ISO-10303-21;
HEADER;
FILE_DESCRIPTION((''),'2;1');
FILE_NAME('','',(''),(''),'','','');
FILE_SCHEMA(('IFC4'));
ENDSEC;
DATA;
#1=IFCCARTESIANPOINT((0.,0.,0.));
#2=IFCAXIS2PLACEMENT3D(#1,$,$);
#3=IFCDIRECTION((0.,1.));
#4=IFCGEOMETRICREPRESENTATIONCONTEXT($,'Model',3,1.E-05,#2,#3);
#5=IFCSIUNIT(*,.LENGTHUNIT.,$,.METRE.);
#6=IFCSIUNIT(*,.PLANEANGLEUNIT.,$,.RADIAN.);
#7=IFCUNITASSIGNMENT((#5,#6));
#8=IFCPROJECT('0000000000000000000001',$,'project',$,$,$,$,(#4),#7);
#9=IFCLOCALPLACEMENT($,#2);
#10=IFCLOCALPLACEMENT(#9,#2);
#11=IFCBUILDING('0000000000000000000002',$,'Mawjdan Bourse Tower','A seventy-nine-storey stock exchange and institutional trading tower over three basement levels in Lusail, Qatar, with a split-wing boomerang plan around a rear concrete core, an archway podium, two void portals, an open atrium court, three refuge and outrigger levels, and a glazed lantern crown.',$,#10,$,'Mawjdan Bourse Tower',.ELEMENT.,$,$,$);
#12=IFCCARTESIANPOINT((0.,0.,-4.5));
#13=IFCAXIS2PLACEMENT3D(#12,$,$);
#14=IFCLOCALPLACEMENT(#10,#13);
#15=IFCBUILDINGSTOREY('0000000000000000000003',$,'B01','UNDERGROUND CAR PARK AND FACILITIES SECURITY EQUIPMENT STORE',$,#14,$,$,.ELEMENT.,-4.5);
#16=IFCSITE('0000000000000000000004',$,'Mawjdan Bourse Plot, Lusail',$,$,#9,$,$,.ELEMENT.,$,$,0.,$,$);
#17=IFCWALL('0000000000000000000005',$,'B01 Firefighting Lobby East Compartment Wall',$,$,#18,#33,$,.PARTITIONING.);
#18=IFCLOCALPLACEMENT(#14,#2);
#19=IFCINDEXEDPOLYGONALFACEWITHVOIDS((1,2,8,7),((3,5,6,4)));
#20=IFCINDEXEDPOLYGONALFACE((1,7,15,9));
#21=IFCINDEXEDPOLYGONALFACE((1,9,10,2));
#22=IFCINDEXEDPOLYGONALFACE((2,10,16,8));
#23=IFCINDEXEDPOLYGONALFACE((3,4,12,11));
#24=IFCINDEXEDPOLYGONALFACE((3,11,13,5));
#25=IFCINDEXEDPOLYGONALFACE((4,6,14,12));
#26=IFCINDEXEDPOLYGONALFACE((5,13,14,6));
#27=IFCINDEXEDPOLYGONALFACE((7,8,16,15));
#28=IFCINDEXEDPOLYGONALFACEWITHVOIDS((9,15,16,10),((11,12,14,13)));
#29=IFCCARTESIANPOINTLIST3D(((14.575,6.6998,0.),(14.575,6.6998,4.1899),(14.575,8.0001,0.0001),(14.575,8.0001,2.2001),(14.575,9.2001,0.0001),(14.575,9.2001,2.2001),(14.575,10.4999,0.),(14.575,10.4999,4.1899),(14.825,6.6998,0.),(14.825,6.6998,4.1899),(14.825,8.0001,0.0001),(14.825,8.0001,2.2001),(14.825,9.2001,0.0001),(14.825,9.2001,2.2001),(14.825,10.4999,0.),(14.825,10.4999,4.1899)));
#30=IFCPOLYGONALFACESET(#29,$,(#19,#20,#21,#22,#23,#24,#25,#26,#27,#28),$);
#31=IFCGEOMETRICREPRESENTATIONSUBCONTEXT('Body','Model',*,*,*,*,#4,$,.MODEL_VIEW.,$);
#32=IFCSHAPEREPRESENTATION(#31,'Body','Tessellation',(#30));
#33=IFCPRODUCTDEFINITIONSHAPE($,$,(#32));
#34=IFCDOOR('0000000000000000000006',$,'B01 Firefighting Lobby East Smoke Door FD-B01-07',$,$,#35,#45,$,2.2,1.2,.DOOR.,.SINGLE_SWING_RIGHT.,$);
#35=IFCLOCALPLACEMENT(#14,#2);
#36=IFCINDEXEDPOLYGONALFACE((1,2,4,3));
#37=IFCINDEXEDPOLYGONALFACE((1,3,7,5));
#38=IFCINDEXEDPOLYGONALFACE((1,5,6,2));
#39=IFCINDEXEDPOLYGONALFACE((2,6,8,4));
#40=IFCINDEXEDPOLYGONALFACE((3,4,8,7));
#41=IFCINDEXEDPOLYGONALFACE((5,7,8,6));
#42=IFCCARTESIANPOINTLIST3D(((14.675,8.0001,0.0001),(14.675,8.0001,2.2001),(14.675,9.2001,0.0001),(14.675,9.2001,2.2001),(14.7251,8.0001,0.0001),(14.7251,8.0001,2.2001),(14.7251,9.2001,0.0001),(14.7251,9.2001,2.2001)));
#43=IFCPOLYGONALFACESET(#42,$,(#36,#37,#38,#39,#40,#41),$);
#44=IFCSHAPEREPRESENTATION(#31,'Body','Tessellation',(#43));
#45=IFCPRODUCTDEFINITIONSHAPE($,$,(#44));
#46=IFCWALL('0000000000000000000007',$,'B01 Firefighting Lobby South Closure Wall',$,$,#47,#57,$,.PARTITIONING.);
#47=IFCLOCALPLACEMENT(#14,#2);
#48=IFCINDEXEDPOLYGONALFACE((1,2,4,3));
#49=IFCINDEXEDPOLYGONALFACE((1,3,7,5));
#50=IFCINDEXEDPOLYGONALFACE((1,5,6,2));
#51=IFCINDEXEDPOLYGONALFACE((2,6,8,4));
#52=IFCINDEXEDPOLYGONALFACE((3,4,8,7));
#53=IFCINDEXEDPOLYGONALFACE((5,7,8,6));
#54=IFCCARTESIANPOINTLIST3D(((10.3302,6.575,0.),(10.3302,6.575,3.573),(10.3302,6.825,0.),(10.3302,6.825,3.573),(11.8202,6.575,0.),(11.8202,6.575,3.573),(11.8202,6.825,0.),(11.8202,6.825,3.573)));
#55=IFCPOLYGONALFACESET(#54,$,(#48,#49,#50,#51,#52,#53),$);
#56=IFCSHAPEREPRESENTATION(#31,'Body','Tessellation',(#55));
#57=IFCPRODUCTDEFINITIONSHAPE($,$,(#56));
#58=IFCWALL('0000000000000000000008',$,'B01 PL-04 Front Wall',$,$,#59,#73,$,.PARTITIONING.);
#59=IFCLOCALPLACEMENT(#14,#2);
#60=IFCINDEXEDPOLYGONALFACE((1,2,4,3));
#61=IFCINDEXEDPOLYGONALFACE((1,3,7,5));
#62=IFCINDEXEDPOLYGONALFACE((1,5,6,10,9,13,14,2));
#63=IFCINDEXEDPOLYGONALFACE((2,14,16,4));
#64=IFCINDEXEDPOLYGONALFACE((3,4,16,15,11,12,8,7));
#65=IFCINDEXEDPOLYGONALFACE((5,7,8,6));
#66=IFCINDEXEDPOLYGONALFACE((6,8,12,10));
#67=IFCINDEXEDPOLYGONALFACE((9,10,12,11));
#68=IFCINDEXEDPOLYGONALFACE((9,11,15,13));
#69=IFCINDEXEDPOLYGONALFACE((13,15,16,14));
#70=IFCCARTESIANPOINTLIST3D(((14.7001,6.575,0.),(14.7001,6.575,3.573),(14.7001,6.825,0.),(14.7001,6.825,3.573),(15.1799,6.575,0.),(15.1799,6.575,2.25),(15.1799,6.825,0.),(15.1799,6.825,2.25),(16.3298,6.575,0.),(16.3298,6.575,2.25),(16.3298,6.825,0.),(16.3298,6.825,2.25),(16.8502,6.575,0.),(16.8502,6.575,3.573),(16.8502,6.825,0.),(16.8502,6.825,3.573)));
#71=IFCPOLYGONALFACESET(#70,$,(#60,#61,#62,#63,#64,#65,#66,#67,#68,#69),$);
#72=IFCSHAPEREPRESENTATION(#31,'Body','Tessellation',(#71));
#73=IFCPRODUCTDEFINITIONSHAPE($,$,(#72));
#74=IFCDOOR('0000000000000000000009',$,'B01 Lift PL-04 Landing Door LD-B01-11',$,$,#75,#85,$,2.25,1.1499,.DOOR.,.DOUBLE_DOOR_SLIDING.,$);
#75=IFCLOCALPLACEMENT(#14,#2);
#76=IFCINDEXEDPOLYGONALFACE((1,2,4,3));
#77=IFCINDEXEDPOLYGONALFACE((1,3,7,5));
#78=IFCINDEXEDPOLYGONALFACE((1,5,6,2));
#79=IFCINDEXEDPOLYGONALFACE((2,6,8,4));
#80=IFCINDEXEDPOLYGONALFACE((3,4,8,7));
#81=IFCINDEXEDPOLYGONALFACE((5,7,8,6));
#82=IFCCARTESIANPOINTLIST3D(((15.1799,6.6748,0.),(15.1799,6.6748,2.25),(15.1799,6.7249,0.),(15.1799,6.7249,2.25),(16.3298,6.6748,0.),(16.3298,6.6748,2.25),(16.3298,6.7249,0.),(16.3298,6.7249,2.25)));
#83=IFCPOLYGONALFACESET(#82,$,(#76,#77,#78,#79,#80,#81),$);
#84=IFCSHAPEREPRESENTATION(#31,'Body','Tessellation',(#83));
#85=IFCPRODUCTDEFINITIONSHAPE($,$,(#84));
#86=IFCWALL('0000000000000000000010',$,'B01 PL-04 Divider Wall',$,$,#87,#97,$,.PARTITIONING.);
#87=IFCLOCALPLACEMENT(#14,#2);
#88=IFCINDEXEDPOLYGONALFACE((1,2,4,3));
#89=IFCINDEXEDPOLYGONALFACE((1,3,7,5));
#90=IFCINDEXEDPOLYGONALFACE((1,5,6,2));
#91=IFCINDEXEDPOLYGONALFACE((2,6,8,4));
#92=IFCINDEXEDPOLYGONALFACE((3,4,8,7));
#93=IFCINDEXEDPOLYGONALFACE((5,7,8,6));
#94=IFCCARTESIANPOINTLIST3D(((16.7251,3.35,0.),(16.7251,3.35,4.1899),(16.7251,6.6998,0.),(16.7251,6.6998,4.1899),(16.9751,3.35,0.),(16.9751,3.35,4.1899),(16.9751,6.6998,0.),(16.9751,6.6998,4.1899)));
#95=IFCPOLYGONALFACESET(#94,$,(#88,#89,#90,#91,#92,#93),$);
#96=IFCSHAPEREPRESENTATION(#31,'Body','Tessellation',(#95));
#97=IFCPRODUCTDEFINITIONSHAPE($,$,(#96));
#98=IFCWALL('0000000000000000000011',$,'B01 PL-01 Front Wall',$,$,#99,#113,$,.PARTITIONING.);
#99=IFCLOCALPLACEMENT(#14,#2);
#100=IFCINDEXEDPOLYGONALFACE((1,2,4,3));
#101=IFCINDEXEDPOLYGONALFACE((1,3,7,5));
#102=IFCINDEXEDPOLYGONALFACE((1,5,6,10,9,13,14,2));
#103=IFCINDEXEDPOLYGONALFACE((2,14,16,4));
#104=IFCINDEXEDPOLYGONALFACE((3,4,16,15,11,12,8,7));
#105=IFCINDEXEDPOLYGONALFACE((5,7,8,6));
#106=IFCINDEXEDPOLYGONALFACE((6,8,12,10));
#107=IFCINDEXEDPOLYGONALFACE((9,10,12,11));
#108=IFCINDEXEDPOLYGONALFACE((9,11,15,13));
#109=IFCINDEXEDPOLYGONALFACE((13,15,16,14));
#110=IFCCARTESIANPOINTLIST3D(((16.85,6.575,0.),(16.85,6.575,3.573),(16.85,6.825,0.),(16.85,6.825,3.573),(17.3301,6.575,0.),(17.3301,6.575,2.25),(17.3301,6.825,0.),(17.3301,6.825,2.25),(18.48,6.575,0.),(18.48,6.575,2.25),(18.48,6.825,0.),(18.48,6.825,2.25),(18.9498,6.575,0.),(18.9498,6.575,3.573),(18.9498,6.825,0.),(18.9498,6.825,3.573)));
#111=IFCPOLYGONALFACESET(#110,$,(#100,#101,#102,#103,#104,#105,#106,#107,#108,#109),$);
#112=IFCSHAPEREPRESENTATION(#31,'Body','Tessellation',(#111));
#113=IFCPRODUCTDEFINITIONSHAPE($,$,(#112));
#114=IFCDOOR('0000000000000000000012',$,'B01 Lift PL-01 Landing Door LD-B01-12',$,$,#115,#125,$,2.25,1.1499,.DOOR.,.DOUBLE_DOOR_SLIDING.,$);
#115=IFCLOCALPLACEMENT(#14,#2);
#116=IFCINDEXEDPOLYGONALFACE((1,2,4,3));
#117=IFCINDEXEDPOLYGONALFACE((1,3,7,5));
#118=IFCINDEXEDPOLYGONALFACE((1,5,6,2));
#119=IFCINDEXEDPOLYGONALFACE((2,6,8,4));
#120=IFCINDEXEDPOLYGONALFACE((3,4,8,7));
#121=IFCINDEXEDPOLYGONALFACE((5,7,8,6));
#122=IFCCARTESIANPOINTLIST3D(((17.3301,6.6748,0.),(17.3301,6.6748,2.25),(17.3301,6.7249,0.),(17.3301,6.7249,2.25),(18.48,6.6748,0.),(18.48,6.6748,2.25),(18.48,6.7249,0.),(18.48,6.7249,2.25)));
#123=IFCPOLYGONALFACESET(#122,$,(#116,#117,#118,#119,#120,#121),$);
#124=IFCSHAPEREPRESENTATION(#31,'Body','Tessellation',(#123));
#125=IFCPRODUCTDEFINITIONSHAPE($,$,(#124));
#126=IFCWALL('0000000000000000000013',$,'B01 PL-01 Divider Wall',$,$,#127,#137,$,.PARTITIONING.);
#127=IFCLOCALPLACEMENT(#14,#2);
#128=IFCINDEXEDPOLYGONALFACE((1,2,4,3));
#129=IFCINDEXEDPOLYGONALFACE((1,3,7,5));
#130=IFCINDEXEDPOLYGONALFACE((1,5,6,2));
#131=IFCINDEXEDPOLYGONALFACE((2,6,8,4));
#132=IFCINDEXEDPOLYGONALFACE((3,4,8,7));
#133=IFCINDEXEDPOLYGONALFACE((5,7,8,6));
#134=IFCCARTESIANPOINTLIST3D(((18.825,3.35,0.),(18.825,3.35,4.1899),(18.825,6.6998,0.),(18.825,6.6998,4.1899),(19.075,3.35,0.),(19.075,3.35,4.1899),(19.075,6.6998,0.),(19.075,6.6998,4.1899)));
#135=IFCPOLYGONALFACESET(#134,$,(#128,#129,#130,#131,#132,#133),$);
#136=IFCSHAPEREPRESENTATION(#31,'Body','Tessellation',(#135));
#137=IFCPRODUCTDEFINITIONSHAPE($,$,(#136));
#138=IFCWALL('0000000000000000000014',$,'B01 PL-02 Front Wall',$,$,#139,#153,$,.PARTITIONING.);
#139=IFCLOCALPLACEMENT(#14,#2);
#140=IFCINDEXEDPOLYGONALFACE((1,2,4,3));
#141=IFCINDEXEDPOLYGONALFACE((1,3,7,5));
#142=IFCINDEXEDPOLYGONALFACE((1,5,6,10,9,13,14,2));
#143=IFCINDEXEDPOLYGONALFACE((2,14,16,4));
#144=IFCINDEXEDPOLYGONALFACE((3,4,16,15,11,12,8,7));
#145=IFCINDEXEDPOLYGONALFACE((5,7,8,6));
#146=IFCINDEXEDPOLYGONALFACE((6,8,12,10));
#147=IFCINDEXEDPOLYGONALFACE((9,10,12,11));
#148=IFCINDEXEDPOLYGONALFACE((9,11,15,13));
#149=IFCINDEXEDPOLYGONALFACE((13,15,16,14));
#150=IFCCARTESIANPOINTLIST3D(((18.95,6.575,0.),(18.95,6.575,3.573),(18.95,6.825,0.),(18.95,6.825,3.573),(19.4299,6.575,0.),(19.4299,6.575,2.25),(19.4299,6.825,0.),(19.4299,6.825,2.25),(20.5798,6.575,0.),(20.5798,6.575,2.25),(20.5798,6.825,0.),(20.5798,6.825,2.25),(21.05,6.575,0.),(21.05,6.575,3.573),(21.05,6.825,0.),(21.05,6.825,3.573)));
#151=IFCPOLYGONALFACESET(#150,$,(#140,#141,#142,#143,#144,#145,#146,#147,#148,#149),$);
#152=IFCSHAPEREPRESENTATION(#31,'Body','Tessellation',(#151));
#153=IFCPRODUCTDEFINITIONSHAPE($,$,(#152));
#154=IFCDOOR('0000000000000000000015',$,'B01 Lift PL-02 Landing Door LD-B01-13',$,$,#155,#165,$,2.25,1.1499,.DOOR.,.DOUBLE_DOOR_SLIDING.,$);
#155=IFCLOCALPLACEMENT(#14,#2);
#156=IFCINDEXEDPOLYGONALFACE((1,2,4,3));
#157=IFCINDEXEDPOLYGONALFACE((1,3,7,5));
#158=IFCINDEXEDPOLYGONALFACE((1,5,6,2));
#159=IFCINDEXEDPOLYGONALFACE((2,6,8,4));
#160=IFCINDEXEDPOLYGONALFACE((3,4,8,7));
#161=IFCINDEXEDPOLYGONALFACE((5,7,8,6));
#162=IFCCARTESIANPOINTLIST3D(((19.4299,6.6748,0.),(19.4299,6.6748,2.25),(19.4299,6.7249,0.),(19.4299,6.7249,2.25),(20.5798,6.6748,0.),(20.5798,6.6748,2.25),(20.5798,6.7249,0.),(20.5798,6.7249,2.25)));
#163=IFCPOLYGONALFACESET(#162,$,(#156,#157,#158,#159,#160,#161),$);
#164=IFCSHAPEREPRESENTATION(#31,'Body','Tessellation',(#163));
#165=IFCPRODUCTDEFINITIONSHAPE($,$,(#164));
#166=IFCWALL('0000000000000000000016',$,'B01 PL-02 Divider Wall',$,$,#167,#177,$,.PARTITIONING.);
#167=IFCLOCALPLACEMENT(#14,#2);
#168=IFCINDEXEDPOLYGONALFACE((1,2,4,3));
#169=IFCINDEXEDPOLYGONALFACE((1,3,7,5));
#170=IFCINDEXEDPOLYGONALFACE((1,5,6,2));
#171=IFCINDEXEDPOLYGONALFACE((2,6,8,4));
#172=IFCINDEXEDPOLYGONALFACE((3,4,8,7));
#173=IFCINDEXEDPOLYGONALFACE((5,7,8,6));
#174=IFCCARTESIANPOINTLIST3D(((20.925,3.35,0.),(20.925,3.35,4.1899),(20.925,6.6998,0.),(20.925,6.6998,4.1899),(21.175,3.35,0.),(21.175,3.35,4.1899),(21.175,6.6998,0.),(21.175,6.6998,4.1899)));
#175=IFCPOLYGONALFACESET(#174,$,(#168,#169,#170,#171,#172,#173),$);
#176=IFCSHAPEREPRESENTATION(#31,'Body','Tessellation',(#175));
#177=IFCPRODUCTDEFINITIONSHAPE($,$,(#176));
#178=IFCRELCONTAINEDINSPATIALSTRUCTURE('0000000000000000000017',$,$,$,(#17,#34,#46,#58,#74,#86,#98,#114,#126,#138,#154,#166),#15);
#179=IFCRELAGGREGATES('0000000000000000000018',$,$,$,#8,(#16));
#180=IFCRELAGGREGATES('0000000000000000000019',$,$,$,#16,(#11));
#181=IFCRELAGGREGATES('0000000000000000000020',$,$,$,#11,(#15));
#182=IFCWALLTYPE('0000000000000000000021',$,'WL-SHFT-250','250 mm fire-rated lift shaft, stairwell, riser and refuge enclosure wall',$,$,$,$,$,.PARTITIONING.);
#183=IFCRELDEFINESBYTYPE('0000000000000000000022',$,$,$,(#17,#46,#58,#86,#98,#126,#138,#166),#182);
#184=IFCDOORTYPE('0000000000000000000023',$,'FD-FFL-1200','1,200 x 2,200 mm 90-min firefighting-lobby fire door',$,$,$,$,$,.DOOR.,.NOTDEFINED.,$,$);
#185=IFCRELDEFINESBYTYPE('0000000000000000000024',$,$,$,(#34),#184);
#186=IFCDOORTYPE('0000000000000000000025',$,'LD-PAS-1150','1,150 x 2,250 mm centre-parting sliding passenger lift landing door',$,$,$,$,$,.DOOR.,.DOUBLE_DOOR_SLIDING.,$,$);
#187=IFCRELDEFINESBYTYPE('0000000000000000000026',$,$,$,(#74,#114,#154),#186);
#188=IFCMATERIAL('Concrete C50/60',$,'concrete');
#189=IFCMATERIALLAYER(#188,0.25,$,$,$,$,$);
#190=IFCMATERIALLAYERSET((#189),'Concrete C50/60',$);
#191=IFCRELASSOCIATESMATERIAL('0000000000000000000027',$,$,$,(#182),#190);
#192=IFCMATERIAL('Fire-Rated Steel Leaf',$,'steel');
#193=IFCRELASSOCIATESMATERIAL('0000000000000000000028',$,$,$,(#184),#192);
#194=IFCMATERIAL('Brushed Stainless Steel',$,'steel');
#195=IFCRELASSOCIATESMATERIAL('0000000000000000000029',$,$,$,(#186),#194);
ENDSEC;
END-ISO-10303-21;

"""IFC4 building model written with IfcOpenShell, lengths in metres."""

from ifc_helpers import new_model, si_unit, direction, frame, frame_2d, origin, place, context, subcontext, project, spatial, rectangle, extrude, material, layer, layer_set, type_object, element, fill, save


model = new_model("IFC4")

# Units and contexts
model_context = context("Model", 3, precision=1e-05, world=origin(), true_north=direction((0.0, 1.0)))
body_context = subcontext(model_context, "Body", "Model", "MODEL_VIEW")
ifc_project = project(units=[si_unit("LENGTHUNIT", "METRE"), si_unit("PLANEANGLEUNIT", "RADIAN")], contexts=[model_context])

# Site, building, storey
site_placement = place(None, origin())
site = spatial("IfcSite", under=ifc_project, at=site_placement, Name="Mawjdan Bourse Plot, Lusail", CompositionType="ELEMENT", RefElevation=0.0)
building_placement = place(site_placement, origin())
building = spatial("IfcBuilding", under=site, at=building_placement, Name="Mawjdan Bourse Tower", Description="A seventy-nine-storey stock exchange and institutional trading tower over three basement levels in Lusail, Qatar, with a split-wing boomerang plan around a rear concrete core, an archway podium, two void portals, an open atrium court, three refuge and outrigger levels, and a glazed lantern crown.", LongName="Mawjdan Bourse Tower", CompositionType="ELEMENT")
storey_placement = place(building_placement, frame((0.0, 0.0, -4.5)))
storey = spatial("IfcBuildingStorey", under=building, at=storey_placement, Name="B01", Description="UNDERGROUND CAR PARK AND FACILITIES SECURITY EQUIPMENT STORE", CompositionType="ELEMENT", Elevation=-4.5)

# Shared definitions
ifc_material_1 = material(Name="Concrete C50/60", Category="concrete")
ifc_layer_1 = layer(ifc_material_1, 0.25)
ifc_layer_set_1 = layer_set([ifc_layer_1], Name="Concrete C50/60")
wall_type_1 = type_object("IfcWallType", Name="WL-SHFT-250", Description="250 mm fire-rated lift shaft, stairwell, riser and refuge enclosure wall", PredefinedType="PARTITIONING", material=ifc_layer_set_1)

# Shared definitions
ifc_material_2 = material(Name="Brushed Stainless Steel", Category="steel")

# Wall, opening, door
wall_1_placement = place(storey_placement, frame((14.7, 6.7, 0.0), z_axis=(0.0, 0.0, 1.0), x_axis=(0.0, 1.0, 0.0)))
wall_1 = element("IfcWall", 1, at=wall_1_placement, inside=storey, type_object=wall_type_1, Name="B01 Firefighting Lobby East Compartment Wall", PredefinedType="PARTITIONING", context=body_context, shape_type="SweptSolid", body=[
    extrude(rectangle(XDim=3.8, YDim=0.25, at=frame_2d((1.8999, 0.0))), origin(), (0.0, 0.0, 1.0), 4.1899),
])
opening_1_placement = place(wall_1_placement, frame((1.3, 0.0, 0.0)))
opening_1 = element("IfcOpeningElement", 2, at=opening_1_placement, cuts=wall_1, PredefinedType="OPENING", context=body_context, shape_type="SweptSolid", body=[
    extrude(rectangle(XDim=1.2, YDim=2.2, at=frame_2d((0.6001, 1.1001))), frame((0.0, 0.135, 0.0), z_axis=(0.0, -1.0, 0.0), x_axis=(1.0, 0.0, 0.0)), (0.0, 0.0, 1.0), 0.27),
])
ifc_material_3 = material(Name="Fire-Rated Steel Leaf", Category="steel")
door_type_1 = type_object("IfcDoorType", Name="FD-FFL-1200", Description="1,200 x 2,200 mm 90-min firefighting-lobby fire door", OperationType="NOTDEFINED", PredefinedType="DOOR", material=ifc_material_3)
door_1_placement = place(opening_1_placement, origin())
door_1 = element("IfcDoor", 3, at=door_1_placement, inside=storey, type_object=door_type_1, Name="B01 Firefighting Lobby East Smoke Door FD-B01-07", OperationType="SINGLE_SWING_RIGHT", OverallHeight=2.2, OverallWidth=1.2, PredefinedType="DOOR", context=body_context, shape_type="SweptSolid", body=[
    extrude(rectangle(XDim=1.2, YDim=2.2, at=frame_2d((0.6001, 1.1001))), frame((0.0, 0.0249, 0.0), z_axis=(0.0, -1.0, 0.0), x_axis=(1.0, 0.0, 0.0)), (0.0, 0.0, 1.0), 0.05),
])
fill(opening_1, door_1)

# Wall
wall_2_placement = place(storey_placement, frame((10.3301, 6.7, 0.0), z_axis=(0.0, 0.0, 1.0), x_axis=(1.0, 0.0, 0.0)))
element("IfcWall", 4, at=wall_2_placement, inside=storey, type_object=wall_type_1, Name="B01 Firefighting Lobby South Closure Wall", PredefinedType="PARTITIONING", context=body_context, shape_type="SweptSolid", body=[
    extrude(rectangle(XDim=1.49, YDim=0.25, at=frame_2d((0.7451, 0.0))), origin(), (0.0, 0.0, 1.0), 3.573),
])

# Wall, opening, door
wall_3_placement = place(storey_placement, frame((14.7, 6.7, 0.0), z_axis=(0.0, 0.0, 1.0), x_axis=(1.0, 0.0, 0.0)))
wall_3 = element("IfcWall", 5, at=wall_3_placement, inside=storey, type_object=wall_type_1, Name="B01 PL-04 Front Wall", PredefinedType="PARTITIONING", context=body_context, shape_type="SweptSolid", body=[
    extrude(rectangle(XDim=2.1501, YDim=0.25, at=frame_2d((1.0752, 0.0))), origin(), (0.0, 0.0, 1.0), 3.573),
])
opening_2_placement = place(wall_3_placement, frame((0.48, 0.0, 0.0)))
opening_2 = element("IfcOpeningElement", 6, at=opening_2_placement, cuts=wall_3, PredefinedType="OPENING", context=body_context, shape_type="SweptSolid", body=[
    extrude(rectangle(XDim=1.1499, YDim=2.25, at=frame_2d((0.575, 1.125))), frame((0.0, 0.135, 0.0), z_axis=(0.0, -1.0, 0.0), x_axis=(1.0, 0.0, 0.0)), (0.0, 0.0, 1.0), 0.27),
])
door_type_2 = type_object("IfcDoorType", Name="LD-PAS-1150", Description="1,150 x 2,250 mm centre-parting sliding passenger lift landing door", OperationType="DOUBLE_DOOR_SLIDING", PredefinedType="DOOR", material=ifc_material_2)
door_2_placement = place(opening_2_placement, origin())
door_2 = element("IfcDoor", 7, at=door_2_placement, inside=storey, type_object=door_type_2, Name="B01 Lift PL-04 Landing Door LD-B01-11", OperationType="DOUBLE_DOOR_SLIDING", OverallHeight=2.25, OverallWidth=1.1499, PredefinedType="DOOR", context=body_context, shape_type="SweptSolid", body=[
    extrude(rectangle(XDim=1.1499, YDim=2.25, at=frame_2d((0.575, 1.125))), frame((0.0, 0.0249, 0.0), z_axis=(0.0, -1.0, 0.0), x_axis=(1.0, 0.0, 0.0)), (0.0, 0.0, 1.0), 0.05),
])
fill(opening_2, door_2)

# Wall
wall_4_placement = place(storey_placement, frame((16.8501, 3.3501, 0.0), z_axis=(0.0, 0.0, 1.0), x_axis=(0.0, 1.0, 0.0)))
element("IfcWall", 8, at=wall_4_placement, inside=storey, type_object=wall_type_1, Name="B01 PL-04 Divider Wall", PredefinedType="PARTITIONING", context=body_context, shape_type="SweptSolid", body=[
    extrude(rectangle(XDim=3.3499, YDim=0.25, at=frame_2d((1.6748, 0.0))), origin(), (0.0, 0.0, 1.0), 4.1899),
])

# Wall, opening, door
wall_5_placement = place(storey_placement, frame((16.8501, 6.7, 0.0), z_axis=(0.0, 0.0, 1.0), x_axis=(1.0, 0.0, 0.0)))
wall_5 = element("IfcWall", 9, at=wall_5_placement, inside=storey, type_object=wall_type_1, Name="B01 PL-01 Front Wall", PredefinedType="PARTITIONING", context=body_context, shape_type="SweptSolid", body=[
    extrude(rectangle(XDim=2.0999, YDim=0.25, at=frame_2d((1.0498, 0.0))), origin(), (0.0, 0.0, 1.0), 3.573),
])
opening_3_placement = place(wall_5_placement, frame((0.48, 0.0, 0.0)))
opening_3 = element("IfcOpeningElement", 10, at=opening_3_placement, cuts=wall_5, PredefinedType="OPENING", context=body_context, shape_type="SweptSolid", body=[
    extrude(rectangle(XDim=1.1499, YDim=2.25, at=frame_2d((0.575, 1.125))), frame((0.0, 0.135, 0.0), z_axis=(0.0, -1.0, 0.0), x_axis=(1.0, 0.0, 0.0)), (0.0, 0.0, 1.0), 0.27),
])
door_3_placement = place(opening_3_placement, origin())
door_3 = element("IfcDoor", 11, at=door_3_placement, inside=storey, type_object=door_type_2, Name="B01 Lift PL-01 Landing Door LD-B01-12", OperationType="DOUBLE_DOOR_SLIDING", OverallHeight=2.25, OverallWidth=1.1499, PredefinedType="DOOR", context=body_context, shape_type="SweptSolid", body=[
    extrude(rectangle(XDim=1.1499, YDim=2.25, at=frame_2d((0.575, 1.125))), frame((0.0, 0.0249, 0.0), z_axis=(0.0, -1.0, 0.0), x_axis=(1.0, 0.0, 0.0)), (0.0, 0.0, 1.0), 0.05),
])
fill(opening_3, door_3)

# Wall
wall_6_placement = place(storey_placement, frame((18.95, 3.3501, 0.0), z_axis=(0.0, 0.0, 1.0), x_axis=(0.0, 1.0, 0.0)))
element("IfcWall", 12, at=wall_6_placement, inside=storey, type_object=wall_type_1, Name="B01 PL-01 Divider Wall", PredefinedType="PARTITIONING", context=body_context, shape_type="SweptSolid", body=[
    extrude(rectangle(XDim=3.3499, YDim=0.25, at=frame_2d((1.6748, 0.0))), origin(), (0.0, 0.0, 1.0), 4.1899),
])

# Wall, opening, door
wall_7_placement = place(storey_placement, frame((18.95, 6.7, 0.0), z_axis=(0.0, 0.0, 1.0), x_axis=(1.0, 0.0, 0.0)))
wall_7 = element("IfcWall", 13, at=wall_7_placement, inside=storey, type_object=wall_type_1, Name="B01 PL-02 Front Wall", PredefinedType="PARTITIONING", context=body_context, shape_type="SweptSolid", body=[
    extrude(rectangle(XDim=2.1001, YDim=0.25, at=frame_2d((1.05, 0.0))), origin(), (0.0, 0.0, 1.0), 3.573),
])
opening_4_placement = place(wall_7_placement, frame((0.48, 0.0, 0.0)))
opening_4 = element("IfcOpeningElement", 14, at=opening_4_placement, cuts=wall_7, PredefinedType="OPENING", context=body_context, shape_type="SweptSolid", body=[
    extrude(rectangle(XDim=1.1499, YDim=2.25, at=frame_2d((0.575, 1.125))), frame((0.0, 0.135, 0.0), z_axis=(0.0, -1.0, 0.0), x_axis=(1.0, 0.0, 0.0)), (0.0, 0.0, 1.0), 0.27),
])
door_4_placement = place(opening_4_placement, origin())
door_4 = element("IfcDoor", 15, at=door_4_placement, inside=storey, type_object=door_type_2, Name="B01 Lift PL-02 Landing Door LD-B01-13", OperationType="DOUBLE_DOOR_SLIDING", OverallHeight=2.25, OverallWidth=1.1499, PredefinedType="DOOR", context=body_context, shape_type="SweptSolid", body=[
    extrude(rectangle(XDim=1.1499, YDim=2.25, at=frame_2d((0.575, 1.125))), frame((0.0, 0.0249, 0.0), z_axis=(0.0, -1.0, 0.0), x_axis=(1.0, 0.0, 0.0)), (0.0, 0.0, 1.0), 0.05),
])
fill(opening_4, door_4)

# Wall
wall_8_placement = place(storey_placement, frame((21.05, 3.3501, 0.0), z_axis=(0.0, 0.0, 1.0), x_axis=(0.0, 1.0, 0.0)))
element("IfcWall", 16, at=wall_8_placement, inside=storey, type_object=wall_type_1, Name="B01 PL-02 Divider Wall", PredefinedType="PARTITIONING", context=body_context, shape_type="SweptSolid", body=[
    extrude(rectangle(XDim=3.3499, YDim=0.25, at=frame_2d((1.6748, 0.0))), origin(), (0.0, 0.0, 1.0), 4.1899),
])

save(model, "model.ifc")
